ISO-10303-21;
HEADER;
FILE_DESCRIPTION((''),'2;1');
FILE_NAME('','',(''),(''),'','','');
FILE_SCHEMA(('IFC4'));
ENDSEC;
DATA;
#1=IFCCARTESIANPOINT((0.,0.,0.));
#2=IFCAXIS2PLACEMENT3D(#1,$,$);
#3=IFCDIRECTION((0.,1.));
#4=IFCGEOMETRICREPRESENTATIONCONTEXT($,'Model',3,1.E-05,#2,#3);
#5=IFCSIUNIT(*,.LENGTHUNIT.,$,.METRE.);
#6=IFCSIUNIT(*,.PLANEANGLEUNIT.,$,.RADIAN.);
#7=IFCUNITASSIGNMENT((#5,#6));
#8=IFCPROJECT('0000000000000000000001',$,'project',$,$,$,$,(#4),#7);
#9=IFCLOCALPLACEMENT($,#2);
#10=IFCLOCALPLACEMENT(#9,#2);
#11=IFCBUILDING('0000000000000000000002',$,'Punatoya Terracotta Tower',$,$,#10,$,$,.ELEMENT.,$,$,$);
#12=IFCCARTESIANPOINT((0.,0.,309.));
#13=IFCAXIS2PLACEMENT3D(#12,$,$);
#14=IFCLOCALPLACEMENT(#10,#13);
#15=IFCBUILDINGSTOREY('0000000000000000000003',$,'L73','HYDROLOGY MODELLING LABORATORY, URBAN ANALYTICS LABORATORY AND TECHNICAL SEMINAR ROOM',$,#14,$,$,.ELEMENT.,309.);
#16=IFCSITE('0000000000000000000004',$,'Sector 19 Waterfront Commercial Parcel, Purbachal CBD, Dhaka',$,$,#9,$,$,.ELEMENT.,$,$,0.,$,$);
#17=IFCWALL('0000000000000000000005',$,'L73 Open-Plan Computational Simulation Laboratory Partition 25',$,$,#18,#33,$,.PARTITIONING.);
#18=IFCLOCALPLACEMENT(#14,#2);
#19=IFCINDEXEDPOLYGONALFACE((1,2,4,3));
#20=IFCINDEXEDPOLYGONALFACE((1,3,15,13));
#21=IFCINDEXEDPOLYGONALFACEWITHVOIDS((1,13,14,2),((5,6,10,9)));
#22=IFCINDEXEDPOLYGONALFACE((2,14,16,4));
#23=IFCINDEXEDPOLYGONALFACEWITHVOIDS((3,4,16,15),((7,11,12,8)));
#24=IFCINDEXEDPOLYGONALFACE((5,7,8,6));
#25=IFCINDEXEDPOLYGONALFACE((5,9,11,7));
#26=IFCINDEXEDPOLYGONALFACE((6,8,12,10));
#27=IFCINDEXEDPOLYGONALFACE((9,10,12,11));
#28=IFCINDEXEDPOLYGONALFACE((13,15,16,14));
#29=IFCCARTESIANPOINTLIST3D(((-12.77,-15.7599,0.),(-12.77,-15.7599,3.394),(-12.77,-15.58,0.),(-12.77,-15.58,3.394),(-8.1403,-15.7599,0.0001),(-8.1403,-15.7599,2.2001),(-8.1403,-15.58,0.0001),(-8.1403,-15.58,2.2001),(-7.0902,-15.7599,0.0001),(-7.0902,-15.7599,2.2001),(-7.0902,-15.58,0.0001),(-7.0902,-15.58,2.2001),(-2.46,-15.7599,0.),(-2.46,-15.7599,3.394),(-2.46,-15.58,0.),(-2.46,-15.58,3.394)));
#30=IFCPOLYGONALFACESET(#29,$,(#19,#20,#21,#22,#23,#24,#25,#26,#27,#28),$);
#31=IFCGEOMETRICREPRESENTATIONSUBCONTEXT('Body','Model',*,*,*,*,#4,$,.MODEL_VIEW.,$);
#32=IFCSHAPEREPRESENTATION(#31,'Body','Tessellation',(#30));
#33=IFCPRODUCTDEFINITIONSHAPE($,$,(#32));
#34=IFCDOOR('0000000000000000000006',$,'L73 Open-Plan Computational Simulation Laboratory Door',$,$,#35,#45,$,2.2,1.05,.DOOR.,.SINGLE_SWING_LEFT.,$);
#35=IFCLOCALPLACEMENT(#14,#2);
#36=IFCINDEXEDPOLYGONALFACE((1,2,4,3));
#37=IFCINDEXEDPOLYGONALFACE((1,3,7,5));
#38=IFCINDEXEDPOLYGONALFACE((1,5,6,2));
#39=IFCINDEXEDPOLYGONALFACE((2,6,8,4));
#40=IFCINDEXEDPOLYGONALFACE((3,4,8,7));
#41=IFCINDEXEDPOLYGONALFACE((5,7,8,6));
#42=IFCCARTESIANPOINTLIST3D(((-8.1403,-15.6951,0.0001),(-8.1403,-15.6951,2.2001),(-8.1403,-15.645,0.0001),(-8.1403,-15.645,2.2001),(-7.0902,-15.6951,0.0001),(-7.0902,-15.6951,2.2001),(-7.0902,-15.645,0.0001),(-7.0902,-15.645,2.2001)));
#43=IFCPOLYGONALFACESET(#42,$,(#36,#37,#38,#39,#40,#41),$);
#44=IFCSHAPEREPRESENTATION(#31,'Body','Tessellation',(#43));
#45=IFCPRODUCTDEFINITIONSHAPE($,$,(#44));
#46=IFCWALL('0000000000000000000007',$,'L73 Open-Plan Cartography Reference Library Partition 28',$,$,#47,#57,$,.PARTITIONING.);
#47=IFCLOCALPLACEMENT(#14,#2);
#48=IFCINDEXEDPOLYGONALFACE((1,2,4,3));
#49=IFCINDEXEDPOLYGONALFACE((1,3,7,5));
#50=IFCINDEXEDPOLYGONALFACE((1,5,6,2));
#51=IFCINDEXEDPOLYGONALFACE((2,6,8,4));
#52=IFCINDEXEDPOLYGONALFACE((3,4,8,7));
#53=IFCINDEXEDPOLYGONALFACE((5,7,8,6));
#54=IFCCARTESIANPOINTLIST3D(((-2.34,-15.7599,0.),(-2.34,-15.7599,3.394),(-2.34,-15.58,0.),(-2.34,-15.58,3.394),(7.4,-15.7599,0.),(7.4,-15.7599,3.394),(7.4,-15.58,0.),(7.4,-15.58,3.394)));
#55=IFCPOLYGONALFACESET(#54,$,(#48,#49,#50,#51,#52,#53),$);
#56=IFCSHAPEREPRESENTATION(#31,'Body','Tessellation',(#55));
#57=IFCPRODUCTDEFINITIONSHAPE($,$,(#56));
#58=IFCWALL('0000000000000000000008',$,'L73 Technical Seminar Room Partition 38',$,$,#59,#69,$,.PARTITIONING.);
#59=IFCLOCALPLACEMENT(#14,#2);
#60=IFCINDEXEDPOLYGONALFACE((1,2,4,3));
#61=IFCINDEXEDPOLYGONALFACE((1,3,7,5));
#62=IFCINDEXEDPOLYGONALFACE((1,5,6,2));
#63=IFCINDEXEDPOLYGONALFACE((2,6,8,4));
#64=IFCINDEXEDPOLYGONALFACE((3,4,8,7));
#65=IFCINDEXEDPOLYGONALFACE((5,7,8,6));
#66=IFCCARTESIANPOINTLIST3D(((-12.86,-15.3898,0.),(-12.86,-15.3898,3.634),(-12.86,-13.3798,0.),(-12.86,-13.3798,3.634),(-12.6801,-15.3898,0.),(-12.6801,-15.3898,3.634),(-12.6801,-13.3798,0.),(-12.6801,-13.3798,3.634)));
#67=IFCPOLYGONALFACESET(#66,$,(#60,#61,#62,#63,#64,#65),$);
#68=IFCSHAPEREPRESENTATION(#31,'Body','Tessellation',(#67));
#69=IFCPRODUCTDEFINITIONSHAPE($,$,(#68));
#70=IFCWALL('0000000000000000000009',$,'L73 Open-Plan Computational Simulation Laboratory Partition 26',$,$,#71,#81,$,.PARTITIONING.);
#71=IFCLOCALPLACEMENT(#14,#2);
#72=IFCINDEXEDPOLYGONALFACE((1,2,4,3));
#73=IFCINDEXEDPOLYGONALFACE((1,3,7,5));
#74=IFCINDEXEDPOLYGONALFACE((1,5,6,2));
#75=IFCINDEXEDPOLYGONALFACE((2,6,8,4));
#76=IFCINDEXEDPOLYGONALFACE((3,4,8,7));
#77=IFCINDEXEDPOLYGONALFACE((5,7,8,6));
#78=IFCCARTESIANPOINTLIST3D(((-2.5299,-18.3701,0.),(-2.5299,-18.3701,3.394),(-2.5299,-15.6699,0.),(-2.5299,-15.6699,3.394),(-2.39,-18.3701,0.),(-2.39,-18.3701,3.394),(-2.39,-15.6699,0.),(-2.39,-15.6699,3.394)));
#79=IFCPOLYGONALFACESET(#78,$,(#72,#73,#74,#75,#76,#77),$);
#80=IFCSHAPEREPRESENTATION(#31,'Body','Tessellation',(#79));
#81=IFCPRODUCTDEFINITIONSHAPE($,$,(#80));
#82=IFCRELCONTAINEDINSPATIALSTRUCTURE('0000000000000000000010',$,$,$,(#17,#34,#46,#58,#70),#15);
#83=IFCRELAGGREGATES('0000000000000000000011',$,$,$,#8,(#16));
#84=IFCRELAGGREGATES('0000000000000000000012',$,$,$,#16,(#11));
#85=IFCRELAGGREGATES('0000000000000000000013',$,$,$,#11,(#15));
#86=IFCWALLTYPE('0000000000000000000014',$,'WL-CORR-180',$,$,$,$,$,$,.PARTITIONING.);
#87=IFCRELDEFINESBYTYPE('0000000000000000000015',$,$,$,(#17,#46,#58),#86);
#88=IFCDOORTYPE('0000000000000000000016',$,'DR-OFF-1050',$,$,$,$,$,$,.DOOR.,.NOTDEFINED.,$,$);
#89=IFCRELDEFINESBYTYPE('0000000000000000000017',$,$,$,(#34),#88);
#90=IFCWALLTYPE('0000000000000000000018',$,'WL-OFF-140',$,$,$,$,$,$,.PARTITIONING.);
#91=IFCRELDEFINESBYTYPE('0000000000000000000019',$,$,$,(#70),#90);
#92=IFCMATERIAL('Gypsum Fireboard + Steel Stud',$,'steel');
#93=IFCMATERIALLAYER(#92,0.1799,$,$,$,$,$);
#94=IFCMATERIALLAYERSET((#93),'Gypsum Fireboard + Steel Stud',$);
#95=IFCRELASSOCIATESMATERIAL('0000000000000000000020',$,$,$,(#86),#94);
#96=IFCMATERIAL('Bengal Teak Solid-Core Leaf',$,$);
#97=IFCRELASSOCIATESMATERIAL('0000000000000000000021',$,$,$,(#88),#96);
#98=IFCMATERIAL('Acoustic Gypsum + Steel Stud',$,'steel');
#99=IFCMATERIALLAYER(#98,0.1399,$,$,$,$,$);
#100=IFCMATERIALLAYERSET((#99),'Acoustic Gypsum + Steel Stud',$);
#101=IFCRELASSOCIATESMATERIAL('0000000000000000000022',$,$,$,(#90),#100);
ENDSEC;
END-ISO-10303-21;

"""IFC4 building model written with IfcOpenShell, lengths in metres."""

from ifc_helpers import new_model, si_unit, direction, frame, frame_2d, origin, place, context, subcontext, project, spatial, rectangle, extrude, material, layer, layer_set, type_object, element, fill, save


model = new_model("IFC4")

# Units and contexts
model_context = context("Model", 3, precision=1e-05, world=origin(), true_north=direction((0.0, 1.0)))
body_context = subcontext(model_context, "Body", "Model", "MODEL_VIEW")
ifc_project = project(units=[si_unit("LENGTHUNIT", "METRE"), si_unit("PLANEANGLEUNIT", "RADIAN")], contexts=[model_context])

# Site, building, storey
site_placement = place(None, origin())
site = spatial("IfcSite", under=ifc_project, at=site_placement, Name="Sector 19 Waterfront Commercial Parcel, Purbachal CBD, Dhaka", CompositionType="ELEMENT", RefElevation=0.0)
building_placement = place(site_placement, origin())
building = spatial("IfcBuilding", under=site, at=building_placement, Name="Punatoya Terracotta Tower", CompositionType="ELEMENT")
storey_placement = place(building_placement, frame((0.0, 0.0, 309.0)))
storey = spatial("IfcBuildingStorey", under=building, at=storey_placement, Name="L73", Description="HYDROLOGY MODELLING LABORATORY, URBAN ANALYTICS LABORATORY AND TECHNICAL SEMINAR ROOM", CompositionType="ELEMENT", Elevation=309.0)

# Wall, opening, door
ifc_material_1 = material(Name="Gypsum Fireboard + Steel Stud", Category="steel")
ifc_layer_1 = layer(ifc_material_1, 0.1799)
ifc_layer_set_1 = layer_set([ifc_layer_1], Name="Gypsum Fireboard + Steel Stud")
wall_type_1 = type_object("IfcWallType", Name="WL-CORR-180", PredefinedType="PARTITIONING", material=ifc_layer_set_1)
wall_1_placement = place(storey_placement, frame((-12.77, -15.6699, 0.0), z_axis=(0.0, 0.0, 1.0), x_axis=(1.0, 0.0, 0.0)))
wall_1 = element("IfcWall", 1, at=wall_1_placement, inside=storey, type_object=wall_type_1, Name="L73 Open-Plan Computational Simulation Laboratory Partition 25", PredefinedType="PARTITIONING", context=body_context, shape_type="SweptSolid", body=[
    extrude(rectangle(XDim=10.3101, YDim=0.1799, at=frame_2d((5.155, 0.0))), origin(), (0.0, 0.0, 1.0), 3.394),
])
opening_placement = place(wall_1_placement, frame((4.6299, 0.0, 0.0)))
opening = element("IfcOpeningElement", 2, at=opening_placement, cuts=wall_1, PredefinedType="OPENING", context=body_context, shape_type="SweptSolid", body=[
    extrude(rectangle(XDim=1.05, YDim=2.2, at=frame_2d((0.5249, 1.1001))), frame((0.0, 0.0999, 0.0), z_axis=(0.0, -1.0, 0.0), x_axis=(1.0, 0.0, 0.0)), (0.0, 0.0, 1.0), 0.2),
])
ifc_material_2 = material(Name="Bengal Teak Solid-Core Leaf")
door_type = type_object("IfcDoorType", Name="DR-OFF-1050", OperationType="NOTDEFINED", PredefinedType="DOOR", material=ifc_material_2)
door_placement = place(opening_placement, origin())
door = element("IfcDoor", 3, at=door_placement, inside=storey, type_object=door_type, Name="L73 Open-Plan Computational Simulation Laboratory Door", OperationType="SINGLE_SWING_LEFT", OverallHeight=2.2, OverallWidth=1.05, PredefinedType="DOOR", context=body_context, shape_type="SweptSolid", body=[
    extrude(rectangle(XDim=1.05, YDim=2.2, at=frame_2d((0.5249, 1.1001))), frame((0.0, 0.0249, 0.0), z_axis=(0.0, -1.0, 0.0), x_axis=(1.0, 0.0, 0.0)), (0.0, 0.0, 1.0), 0.05),
])
fill(opening, door)

# Walls
wall_2_placement = place(storey_placement, frame((-2.3401, -15.6699, 0.0), z_axis=(0.0, 0.0, 1.0), x_axis=(1.0, 0.0, 0.0)))
element("IfcWall", 4, at=wall_2_placement, inside=storey, type_object=wall_type_1, Name="L73 Open-Plan Cartography Reference Library Partition 28", PredefinedType="PARTITIONING", context=body_context, shape_type="SweptSolid", body=[
    extrude(rectangle(XDim=9.74, YDim=0.1799, at=frame_2d((4.8701, 0.0))), origin(), (0.0, 0.0, 1.0), 3.394),
])
wall_3_placement = place(storey_placement, frame((-12.77, -13.3799, 0.0), z_axis=(0.0, 0.0, 1.0), x_axis=(0.0, -1.0, 0.0)))
element("IfcWall", 5, at=wall_3_placement, inside=storey, type_object=wall_type_1, Name="L73 Technical Seminar Room Partition 38", PredefinedType="PARTITIONING", context=body_context, shape_type="SweptSolid", body=[
    extrude(rectangle(XDim=2.01, YDim=0.1799, at=frame_2d((1.0049, 0.0))), origin(), (0.0, 0.0, 1.0), 3.634),
])
ifc_material_3 = material(Name="Acoustic Gypsum + Steel Stud", Category="steel")
ifc_layer_2 = layer(ifc_material_3, 0.1399)
ifc_layer_set_2 = layer_set([ifc_layer_2], Name="Acoustic Gypsum + Steel Stud")
wall_type_2 = type_object("IfcWallType", Name="WL-OFF-140", PredefinedType="PARTITIONING", material=ifc_layer_set_2)
wall_4_placement = place(storey_placement, frame((-2.46, -15.6699, 0.0), z_axis=(0.0, 0.0, 1.0), x_axis=(0.0, -1.0, 0.0)))
element("IfcWall", 6, at=wall_4_placement, inside=storey, type_object=wall_type_2, Name="L73 Open-Plan Computational Simulation Laboratory Partition 26", PredefinedType="PARTITIONING", context=body_context, shape_type="SweptSolid", body=[
    extrude(rectangle(XDim=2.7002, YDim=0.1399, at=frame_2d((1.3501, 0.0))), origin(), (0.0, 0.0, 1.0), 3.394),
])

save(model, "model.ifc")
